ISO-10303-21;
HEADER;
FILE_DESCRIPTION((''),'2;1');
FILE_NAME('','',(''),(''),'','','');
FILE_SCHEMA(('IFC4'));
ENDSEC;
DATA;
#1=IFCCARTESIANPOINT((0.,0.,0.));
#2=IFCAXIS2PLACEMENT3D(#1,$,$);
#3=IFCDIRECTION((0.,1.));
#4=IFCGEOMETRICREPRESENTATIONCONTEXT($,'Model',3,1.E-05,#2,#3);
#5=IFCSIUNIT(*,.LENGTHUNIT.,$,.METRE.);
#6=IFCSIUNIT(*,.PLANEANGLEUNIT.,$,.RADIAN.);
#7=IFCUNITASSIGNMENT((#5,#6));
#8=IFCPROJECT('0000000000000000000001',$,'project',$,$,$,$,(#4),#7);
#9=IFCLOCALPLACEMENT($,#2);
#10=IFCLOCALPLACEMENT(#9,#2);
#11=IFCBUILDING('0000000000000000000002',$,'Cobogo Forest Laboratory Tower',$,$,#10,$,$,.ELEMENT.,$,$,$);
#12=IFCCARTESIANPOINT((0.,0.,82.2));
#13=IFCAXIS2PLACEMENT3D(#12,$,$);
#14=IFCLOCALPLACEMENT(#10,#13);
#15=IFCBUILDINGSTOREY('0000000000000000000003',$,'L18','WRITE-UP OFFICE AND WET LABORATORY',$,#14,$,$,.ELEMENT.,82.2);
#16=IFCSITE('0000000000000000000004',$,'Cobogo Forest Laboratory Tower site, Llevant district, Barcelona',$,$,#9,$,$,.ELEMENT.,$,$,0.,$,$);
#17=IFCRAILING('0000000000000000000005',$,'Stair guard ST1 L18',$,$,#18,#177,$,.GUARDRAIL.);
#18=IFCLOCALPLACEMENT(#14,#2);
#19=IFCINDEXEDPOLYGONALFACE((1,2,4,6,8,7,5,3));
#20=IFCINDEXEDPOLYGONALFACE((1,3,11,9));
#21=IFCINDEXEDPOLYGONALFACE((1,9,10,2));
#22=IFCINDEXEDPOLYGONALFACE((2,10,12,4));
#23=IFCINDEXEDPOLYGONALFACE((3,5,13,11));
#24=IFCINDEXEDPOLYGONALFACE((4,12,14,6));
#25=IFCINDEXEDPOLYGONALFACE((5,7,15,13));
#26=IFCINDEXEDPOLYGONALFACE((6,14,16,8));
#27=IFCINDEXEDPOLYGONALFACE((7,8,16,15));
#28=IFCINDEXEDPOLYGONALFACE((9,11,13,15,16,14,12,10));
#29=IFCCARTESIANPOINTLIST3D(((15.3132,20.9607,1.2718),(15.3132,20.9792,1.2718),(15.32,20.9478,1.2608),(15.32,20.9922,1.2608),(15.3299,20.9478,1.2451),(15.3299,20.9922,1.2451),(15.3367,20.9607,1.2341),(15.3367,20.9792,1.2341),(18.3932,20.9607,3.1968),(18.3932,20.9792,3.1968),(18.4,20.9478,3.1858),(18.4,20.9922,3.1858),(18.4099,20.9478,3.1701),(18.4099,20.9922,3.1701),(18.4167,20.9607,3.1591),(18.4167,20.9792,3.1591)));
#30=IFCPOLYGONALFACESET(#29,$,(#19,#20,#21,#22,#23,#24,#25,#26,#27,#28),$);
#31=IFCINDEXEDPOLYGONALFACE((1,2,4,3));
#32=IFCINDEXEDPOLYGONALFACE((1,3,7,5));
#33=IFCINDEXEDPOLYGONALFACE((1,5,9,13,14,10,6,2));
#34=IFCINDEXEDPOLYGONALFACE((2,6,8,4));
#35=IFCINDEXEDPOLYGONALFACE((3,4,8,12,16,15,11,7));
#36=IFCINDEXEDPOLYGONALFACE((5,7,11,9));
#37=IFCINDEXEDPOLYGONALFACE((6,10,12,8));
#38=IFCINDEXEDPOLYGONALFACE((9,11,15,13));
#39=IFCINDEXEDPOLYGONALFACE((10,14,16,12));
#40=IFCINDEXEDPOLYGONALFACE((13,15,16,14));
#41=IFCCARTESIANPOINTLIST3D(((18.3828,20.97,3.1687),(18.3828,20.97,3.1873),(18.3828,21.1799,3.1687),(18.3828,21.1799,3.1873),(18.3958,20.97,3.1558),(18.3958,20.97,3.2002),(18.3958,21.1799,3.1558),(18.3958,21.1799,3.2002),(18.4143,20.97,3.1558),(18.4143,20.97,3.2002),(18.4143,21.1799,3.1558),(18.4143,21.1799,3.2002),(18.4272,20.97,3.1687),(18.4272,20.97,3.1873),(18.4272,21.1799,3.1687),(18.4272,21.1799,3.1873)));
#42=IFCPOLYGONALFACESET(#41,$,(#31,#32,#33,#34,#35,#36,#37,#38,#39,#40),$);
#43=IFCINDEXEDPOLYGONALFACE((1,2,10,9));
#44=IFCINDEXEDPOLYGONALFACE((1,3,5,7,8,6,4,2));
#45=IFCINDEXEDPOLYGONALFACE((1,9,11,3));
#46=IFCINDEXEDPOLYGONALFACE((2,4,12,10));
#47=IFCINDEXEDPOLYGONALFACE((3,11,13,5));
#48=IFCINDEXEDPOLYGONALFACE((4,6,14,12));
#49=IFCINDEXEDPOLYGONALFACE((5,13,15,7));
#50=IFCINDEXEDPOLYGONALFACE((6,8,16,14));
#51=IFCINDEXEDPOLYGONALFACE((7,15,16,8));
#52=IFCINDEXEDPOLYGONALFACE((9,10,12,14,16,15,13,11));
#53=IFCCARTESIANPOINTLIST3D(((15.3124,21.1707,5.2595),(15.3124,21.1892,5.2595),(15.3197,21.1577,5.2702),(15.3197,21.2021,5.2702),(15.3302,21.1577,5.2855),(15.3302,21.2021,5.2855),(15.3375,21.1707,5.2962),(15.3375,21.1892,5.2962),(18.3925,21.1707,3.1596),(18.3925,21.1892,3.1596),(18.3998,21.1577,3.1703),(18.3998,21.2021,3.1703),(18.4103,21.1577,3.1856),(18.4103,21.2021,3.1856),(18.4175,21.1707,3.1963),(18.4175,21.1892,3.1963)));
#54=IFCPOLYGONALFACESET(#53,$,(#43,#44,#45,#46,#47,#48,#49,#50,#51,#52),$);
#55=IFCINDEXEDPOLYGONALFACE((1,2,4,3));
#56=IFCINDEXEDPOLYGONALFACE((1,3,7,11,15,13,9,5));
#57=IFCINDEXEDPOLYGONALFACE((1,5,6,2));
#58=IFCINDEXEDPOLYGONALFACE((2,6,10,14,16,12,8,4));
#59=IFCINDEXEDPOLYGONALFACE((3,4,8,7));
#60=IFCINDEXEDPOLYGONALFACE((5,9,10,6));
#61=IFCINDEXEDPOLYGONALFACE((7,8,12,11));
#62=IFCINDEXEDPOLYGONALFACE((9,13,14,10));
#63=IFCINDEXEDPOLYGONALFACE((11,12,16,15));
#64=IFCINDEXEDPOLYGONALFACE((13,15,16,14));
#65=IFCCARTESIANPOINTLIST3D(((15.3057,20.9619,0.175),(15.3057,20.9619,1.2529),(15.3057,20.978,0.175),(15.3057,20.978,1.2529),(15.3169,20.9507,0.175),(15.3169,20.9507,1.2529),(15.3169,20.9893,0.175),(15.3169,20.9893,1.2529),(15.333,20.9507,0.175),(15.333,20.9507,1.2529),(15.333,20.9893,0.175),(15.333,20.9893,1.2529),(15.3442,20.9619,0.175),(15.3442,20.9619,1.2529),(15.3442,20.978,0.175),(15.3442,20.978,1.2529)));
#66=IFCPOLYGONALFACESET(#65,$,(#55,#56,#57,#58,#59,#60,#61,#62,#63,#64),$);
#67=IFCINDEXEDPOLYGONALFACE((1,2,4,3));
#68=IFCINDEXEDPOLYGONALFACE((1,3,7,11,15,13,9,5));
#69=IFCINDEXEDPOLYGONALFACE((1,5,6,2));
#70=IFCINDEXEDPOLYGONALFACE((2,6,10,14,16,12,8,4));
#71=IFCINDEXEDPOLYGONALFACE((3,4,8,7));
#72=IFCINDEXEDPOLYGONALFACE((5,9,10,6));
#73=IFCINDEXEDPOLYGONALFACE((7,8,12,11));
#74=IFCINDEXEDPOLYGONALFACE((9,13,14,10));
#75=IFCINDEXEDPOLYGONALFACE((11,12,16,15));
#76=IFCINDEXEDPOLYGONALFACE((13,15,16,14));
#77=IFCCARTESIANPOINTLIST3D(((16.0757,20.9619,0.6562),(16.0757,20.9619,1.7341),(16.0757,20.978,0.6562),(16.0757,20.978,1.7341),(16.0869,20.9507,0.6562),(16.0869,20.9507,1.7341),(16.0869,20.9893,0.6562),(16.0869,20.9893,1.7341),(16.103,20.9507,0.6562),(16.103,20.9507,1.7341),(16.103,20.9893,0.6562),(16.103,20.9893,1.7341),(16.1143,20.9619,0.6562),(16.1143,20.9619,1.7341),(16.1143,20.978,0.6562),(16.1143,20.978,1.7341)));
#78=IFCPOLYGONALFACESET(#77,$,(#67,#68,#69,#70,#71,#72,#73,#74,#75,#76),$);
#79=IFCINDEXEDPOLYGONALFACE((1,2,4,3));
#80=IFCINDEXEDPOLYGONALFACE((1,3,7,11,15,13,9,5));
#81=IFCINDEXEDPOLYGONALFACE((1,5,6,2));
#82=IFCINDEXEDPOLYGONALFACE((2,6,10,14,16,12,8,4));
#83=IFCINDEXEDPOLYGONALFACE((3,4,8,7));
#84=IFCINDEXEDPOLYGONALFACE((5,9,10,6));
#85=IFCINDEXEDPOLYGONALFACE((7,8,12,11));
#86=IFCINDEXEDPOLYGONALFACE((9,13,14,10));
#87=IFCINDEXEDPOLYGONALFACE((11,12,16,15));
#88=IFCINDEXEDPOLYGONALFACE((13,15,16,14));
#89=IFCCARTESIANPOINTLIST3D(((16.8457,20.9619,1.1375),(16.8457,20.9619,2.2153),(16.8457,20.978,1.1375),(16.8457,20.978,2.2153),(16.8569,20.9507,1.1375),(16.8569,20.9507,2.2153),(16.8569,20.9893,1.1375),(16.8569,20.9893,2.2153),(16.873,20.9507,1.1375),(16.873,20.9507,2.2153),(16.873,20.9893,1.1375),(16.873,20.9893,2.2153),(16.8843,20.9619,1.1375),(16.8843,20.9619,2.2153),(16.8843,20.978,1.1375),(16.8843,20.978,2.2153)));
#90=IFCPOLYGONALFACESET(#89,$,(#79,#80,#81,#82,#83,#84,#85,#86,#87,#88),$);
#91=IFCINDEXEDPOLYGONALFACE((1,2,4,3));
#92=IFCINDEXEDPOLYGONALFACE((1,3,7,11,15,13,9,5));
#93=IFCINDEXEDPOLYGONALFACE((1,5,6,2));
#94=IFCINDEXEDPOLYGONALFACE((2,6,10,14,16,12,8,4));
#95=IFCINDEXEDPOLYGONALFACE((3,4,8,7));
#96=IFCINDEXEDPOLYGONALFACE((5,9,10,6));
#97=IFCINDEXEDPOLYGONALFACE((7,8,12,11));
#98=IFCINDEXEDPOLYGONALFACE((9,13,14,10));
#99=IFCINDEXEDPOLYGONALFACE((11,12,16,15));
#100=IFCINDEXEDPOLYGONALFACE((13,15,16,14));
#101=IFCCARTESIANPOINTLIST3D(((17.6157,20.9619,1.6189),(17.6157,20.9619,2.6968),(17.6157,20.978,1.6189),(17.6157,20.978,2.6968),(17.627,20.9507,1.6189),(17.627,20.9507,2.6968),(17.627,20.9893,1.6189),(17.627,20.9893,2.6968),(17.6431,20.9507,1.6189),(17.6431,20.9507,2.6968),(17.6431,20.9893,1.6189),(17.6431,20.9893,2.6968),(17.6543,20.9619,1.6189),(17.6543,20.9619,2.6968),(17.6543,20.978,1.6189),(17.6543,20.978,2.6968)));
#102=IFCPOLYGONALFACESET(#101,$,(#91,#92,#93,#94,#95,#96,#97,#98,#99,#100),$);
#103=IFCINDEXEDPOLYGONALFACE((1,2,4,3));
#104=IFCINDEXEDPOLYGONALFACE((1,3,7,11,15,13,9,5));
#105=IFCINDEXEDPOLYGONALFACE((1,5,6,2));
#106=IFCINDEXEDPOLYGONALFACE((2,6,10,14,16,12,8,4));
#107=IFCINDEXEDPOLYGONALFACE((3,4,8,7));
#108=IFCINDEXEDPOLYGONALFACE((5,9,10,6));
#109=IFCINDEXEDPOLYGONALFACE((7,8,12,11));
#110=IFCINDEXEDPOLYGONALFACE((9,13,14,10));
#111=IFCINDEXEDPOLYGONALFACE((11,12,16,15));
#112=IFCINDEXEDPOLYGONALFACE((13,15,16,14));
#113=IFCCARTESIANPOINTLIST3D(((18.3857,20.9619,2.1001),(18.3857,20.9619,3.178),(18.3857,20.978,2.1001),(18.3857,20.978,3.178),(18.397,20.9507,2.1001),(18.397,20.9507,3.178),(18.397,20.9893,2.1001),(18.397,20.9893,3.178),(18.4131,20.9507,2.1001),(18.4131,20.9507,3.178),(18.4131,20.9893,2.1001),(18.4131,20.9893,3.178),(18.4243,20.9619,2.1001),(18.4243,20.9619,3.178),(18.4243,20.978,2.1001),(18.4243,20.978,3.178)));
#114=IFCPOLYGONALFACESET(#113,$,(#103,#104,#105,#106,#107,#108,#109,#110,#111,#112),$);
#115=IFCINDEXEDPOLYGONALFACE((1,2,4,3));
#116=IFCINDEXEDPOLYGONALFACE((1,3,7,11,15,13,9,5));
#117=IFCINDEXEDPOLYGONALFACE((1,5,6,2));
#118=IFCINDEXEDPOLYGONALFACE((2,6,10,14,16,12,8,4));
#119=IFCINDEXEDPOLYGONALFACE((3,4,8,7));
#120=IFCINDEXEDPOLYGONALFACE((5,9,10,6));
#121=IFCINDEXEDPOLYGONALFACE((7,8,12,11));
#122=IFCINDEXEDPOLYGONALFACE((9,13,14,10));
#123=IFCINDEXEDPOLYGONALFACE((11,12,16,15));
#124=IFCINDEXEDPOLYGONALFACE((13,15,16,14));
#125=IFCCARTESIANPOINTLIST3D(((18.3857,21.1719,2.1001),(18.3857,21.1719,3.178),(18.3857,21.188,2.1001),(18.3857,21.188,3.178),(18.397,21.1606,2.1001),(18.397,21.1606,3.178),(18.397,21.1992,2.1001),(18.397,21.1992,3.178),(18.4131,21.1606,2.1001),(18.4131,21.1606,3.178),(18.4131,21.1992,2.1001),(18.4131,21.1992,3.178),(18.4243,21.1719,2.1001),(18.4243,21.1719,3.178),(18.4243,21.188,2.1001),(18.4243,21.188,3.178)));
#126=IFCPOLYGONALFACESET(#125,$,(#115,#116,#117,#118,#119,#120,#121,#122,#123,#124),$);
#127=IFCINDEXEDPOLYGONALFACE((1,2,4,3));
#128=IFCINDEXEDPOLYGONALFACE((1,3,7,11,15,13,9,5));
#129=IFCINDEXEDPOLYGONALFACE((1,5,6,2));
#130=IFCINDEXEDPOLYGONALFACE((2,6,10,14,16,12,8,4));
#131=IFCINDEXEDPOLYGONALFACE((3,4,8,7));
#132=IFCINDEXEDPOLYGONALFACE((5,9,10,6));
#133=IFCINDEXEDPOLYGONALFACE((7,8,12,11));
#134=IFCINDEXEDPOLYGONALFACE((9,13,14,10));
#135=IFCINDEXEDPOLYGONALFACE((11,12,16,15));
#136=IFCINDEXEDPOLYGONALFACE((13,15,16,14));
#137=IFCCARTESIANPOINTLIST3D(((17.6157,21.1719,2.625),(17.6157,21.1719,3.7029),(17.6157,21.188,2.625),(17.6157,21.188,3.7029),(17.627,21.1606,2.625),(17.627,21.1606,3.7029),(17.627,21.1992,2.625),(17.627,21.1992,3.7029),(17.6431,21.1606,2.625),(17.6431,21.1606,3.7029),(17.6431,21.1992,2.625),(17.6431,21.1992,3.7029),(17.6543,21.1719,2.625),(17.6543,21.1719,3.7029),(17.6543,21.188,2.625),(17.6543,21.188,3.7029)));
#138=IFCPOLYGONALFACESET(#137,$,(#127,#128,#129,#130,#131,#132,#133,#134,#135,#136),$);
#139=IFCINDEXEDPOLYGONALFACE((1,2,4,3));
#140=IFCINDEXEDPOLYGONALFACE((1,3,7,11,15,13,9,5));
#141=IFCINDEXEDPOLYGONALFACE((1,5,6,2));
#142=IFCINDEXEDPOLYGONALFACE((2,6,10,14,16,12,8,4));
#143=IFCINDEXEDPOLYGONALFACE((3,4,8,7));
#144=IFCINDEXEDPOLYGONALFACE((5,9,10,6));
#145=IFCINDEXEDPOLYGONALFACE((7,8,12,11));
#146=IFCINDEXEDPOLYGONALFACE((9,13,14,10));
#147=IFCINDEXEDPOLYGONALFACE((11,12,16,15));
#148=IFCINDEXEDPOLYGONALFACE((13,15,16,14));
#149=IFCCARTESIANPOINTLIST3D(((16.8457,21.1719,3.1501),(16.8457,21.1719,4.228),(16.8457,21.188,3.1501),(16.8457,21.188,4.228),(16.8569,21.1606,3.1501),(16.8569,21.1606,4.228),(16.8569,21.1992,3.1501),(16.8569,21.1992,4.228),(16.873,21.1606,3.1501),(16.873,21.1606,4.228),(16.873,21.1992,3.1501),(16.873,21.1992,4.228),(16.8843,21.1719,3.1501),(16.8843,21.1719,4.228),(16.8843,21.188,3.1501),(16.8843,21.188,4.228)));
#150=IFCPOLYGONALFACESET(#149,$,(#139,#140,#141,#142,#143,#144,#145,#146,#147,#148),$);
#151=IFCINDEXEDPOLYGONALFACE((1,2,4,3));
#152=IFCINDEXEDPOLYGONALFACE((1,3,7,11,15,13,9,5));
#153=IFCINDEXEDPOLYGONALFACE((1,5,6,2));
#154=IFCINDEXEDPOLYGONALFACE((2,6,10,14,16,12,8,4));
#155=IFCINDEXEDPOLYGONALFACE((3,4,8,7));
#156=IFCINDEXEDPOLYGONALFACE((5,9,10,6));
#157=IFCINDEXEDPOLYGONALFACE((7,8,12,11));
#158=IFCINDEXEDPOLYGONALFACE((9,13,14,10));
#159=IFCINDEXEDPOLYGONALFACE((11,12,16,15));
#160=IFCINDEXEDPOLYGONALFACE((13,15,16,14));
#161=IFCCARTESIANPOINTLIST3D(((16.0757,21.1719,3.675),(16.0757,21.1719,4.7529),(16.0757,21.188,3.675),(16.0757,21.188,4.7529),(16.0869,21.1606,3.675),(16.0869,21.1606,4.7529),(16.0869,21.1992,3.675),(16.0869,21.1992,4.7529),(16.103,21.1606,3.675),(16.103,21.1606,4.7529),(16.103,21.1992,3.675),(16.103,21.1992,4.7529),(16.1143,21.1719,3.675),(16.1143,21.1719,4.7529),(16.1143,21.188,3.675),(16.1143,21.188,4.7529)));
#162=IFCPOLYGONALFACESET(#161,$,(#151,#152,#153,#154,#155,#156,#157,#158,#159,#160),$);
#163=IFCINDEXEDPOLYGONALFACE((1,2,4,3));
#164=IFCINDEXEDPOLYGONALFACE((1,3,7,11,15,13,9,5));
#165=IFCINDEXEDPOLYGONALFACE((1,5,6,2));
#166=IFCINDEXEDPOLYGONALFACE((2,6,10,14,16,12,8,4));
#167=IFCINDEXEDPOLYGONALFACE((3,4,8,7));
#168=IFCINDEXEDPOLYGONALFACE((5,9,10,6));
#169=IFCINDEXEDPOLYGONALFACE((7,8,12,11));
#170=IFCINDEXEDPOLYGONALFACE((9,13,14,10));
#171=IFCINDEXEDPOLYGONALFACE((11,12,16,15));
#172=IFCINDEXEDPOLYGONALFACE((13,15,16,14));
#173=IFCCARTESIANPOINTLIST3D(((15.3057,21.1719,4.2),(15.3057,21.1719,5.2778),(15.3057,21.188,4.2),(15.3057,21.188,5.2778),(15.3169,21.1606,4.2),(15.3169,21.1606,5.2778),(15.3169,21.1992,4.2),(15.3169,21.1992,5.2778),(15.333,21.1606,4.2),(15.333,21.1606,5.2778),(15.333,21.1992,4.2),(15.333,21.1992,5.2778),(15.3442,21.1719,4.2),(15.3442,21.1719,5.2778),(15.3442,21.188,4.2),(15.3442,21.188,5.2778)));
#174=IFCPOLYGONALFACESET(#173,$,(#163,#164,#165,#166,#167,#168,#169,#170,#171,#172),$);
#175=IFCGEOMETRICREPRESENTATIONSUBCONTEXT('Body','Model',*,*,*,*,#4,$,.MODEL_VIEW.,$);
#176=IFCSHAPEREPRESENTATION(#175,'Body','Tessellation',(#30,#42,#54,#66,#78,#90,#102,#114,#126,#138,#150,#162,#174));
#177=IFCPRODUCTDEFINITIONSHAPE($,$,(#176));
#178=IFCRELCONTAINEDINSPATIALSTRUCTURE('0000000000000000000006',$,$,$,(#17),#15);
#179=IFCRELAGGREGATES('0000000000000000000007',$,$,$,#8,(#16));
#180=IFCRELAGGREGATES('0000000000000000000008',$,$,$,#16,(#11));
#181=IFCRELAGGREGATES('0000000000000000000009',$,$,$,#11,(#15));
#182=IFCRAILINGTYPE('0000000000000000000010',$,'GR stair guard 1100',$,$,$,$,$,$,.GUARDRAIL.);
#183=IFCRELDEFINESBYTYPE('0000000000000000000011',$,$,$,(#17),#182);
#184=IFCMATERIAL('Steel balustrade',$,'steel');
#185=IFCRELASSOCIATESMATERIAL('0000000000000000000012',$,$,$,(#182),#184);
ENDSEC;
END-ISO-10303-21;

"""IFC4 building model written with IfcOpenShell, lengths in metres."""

from ifc_helpers import new_model, si_unit, direction, frame, origin, place, context, subcontext, project, spatial, polyline, outline, extrude, material, type_object, element, save


model = new_model("IFC4")

# Units and contexts
model_context = context("Model", 3, precision=1e-05, world=origin(), true_north=direction((0.0, 1.0)))
body_context = subcontext(model_context, "Body", "Model", "MODEL_VIEW")
ifc_project = project(units=[si_unit("LENGTHUNIT", "METRE"), si_unit("PLANEANGLEUNIT", "RADIAN")], contexts=[model_context])

# Site, building, storey
site_placement = place(None, origin())
site = spatial("IfcSite", under=ifc_project, at=site_placement, Name="Cobogo Forest Laboratory Tower site, Llevant district, Barcelona", CompositionType="ELEMENT", RefElevation=0.0)
building_placement = place(site_placement, origin())
building = spatial("IfcBuilding", under=site, at=building_placement, Name="Cobogo Forest Laboratory Tower", CompositionType="ELEMENT")
storey_placement = place(building_placement, frame((0.0, 0.0, 82.2)))
storey = spatial("IfcBuildingStorey", under=building, at=storey_placement, Name="L18", Description="WRITE-UP OFFICE AND WET LABORATORY", CompositionType="ELEMENT", Elevation=82.2)

# Railing
ifc_material_1 = material(Name="Steel balustrade", Category="steel")
railing_type_1 = type_object("IfcRailingType", Name="GR stair guard 1100", PredefinedType="GUARDRAIL", material=ifc_material_1)
railing_1_placement = place(storey_placement, frame((15.325, 20.97, 0.175)))
element("IfcRailing", 1, at=railing_1_placement, inside=storey, type_object=railing_type_1, Name="Stair guard ST1 L18", PredefinedType="GUARDRAIL", context=body_context, shape_type="SweptSolid", body=[
    extrude(outline(polyline([(0.0222, 0.0093), (0.0093, 0.0222), (-0.0093, 0.0222), (-0.0222, 0.0093), (-0.0222, -0.0093), (-0.0093, -0.0222), (0.0093, -0.0222), (0.0222, -0.0093), (0.0222, 0.0093)])), frame((0.0, 0.0, 1.0779), z_axis=(0.847998, 0.0, 0.529999), x_axis=(0.0, 1.0, 0.0)), (0.0, 0.0, 1.0), 3.6321),
    extrude(outline(polyline([(0.0222, 0.0093), (0.0093, 0.0222), (-0.0093, 0.0222), (-0.0222, 0.0093), (-0.0222, -0.0093), (-0.0093, -0.0222), (0.0093, -0.0222), (0.0222, -0.0093), (0.0222, 0.0093)])), frame((3.0801, 0.0, 3.0029), z_axis=(0.0, 1.0, 0.0), x_axis=(-1.0, 0.0, 0.0)), (0.0, 0.0, 1.0), 0.21),
    extrude(outline(polyline([(0.0222, 0.0093), (0.0093, 0.0222), (-0.0093, 0.0222), (-0.0222, 0.0093), (-0.0222, -0.0093), (-0.0093, -0.0222), (0.0093, -0.0222), (0.0222, -0.0093), (0.0222, 0.0093)])), frame((3.0801, 0.21, 3.0029), z_axis=(-0.826252, 0.0, 0.5633), x_axis=(0.0, -1.0, 0.0)), (0.0, 0.0, 1.0), 3.7278),
    extrude(outline(polyline([(0.0193, 0.0081), (0.0081, 0.0193), (-0.0081, 0.0193), (-0.0193, 0.0081), (-0.0193, -0.0081), (-0.0081, -0.0193), (0.0081, -0.0193), (0.0193, -0.0081), (0.0193, 0.0081)])), origin(), (0.0, 0.0, 1.0), 1.0779),
    extrude(outline(polyline([(0.0193, 0.0081), (0.0081, 0.0193), (-0.0081, 0.0193), (-0.0193, 0.0081), (-0.0193, -0.0081), (-0.0081, -0.0193), (0.0081, -0.0193), (0.0193, -0.0081), (0.0193, 0.0081)])), frame((0.77, 0.0, 0.4812)), (0.0, 0.0, 1.0), 1.0779),
    extrude(outline(polyline([(0.0193, 0.0081), (0.0081, 0.0193), (-0.0081, 0.0193), (-0.0193, 0.0081), (-0.0193, -0.0081), (-0.0081, -0.0193), (0.0081, -0.0193), (0.0193, -0.0081), (0.0193, 0.0081)])), frame((1.54, 0.0, 0.9624)), (0.0, 0.0, 1.0), 1.0779),
    extrude(outline(polyline([(0.0193, 0.0081), (0.0081, 0.0193), (-0.0081, 0.0193), (-0.0193, 0.0081), (-0.0193, -0.0081), (-0.0081, -0.0193), (0.0081, -0.0193), (0.0193, -0.0081), (0.0193, 0.0081)])), frame((2.3101, 0.0, 1.4438)), (0.0, 0.0, 1.0), 1.0779),
    extrude(outline(polyline([(0.0193, 0.0081), (0.0081, 0.0193), (-0.0081, 0.0193), (-0.0193, 0.0081), (-0.0193, -0.0081), (-0.0081, -0.0193), (0.0081, -0.0193), (0.0193, -0.0081), (0.0193, 0.0081)])), frame((3.0801, 0.0, 1.925)), (0.0, 0.0, 1.0), 1.0779),
    extrude(outline(polyline([(0.0193, 0.0081), (0.0081, 0.0193), (-0.0081, 0.0193), (-0.0193, 0.0081), (-0.0193, -0.0081), (-0.0081, -0.0193), (0.0081, -0.0193), (0.0193, -0.0081), (0.0193, 0.0081)])), frame((3.0801, 0.21, 1.925)), (0.0, 0.0, 1.0), 1.0779),
    extrude(outline(polyline([(0.0193, 0.0081), (0.0081, 0.0193), (-0.0081, 0.0193), (-0.0193, 0.0081), (-0.0193, -0.0081), (-0.0081, -0.0193), (0.0081, -0.0193), (0.0193, -0.0081), (0.0193, 0.0081)])), frame((2.3101, 0.21, 2.45)), (0.0, 0.0, 1.0), 1.0779),
    extrude(outline(polyline([(0.0193, 0.0081), (0.0081, 0.0193), (-0.0081, 0.0193), (-0.0193, 0.0081), (-0.0193, -0.0081), (-0.0081, -0.0193), (0.0081, -0.0193), (0.0193, -0.0081), (0.0193, 0.0081)])), frame((1.54, 0.21, 2.9751)), (0.0, 0.0, 1.0), 1.0779),
    extrude(outline(polyline([(0.0193, 0.0081), (0.0081, 0.0193), (-0.0081, 0.0193), (-0.0193, 0.0081), (-0.0193, -0.0081), (-0.0081, -0.0193), (0.0081, -0.0193), (0.0193, -0.0081), (0.0193, 0.0081)])), frame((0.77, 0.21, 3.5)), (0.0, 0.0, 1.0), 1.0779),
    extrude(outline(polyline([(0.0193, 0.0081), (0.0081, 0.0193), (-0.0081, 0.0193), (-0.0193, 0.0081), (-0.0193, -0.0081), (-0.0081, -0.0193), (0.0081, -0.0193), (0.0193, -0.0081), (0.0193, 0.0081)])), frame((0.0, 0.21, 4.0249)), (0.0, 0.0, 1.0), 1.0779),
])

save(model, "model.ifc")
